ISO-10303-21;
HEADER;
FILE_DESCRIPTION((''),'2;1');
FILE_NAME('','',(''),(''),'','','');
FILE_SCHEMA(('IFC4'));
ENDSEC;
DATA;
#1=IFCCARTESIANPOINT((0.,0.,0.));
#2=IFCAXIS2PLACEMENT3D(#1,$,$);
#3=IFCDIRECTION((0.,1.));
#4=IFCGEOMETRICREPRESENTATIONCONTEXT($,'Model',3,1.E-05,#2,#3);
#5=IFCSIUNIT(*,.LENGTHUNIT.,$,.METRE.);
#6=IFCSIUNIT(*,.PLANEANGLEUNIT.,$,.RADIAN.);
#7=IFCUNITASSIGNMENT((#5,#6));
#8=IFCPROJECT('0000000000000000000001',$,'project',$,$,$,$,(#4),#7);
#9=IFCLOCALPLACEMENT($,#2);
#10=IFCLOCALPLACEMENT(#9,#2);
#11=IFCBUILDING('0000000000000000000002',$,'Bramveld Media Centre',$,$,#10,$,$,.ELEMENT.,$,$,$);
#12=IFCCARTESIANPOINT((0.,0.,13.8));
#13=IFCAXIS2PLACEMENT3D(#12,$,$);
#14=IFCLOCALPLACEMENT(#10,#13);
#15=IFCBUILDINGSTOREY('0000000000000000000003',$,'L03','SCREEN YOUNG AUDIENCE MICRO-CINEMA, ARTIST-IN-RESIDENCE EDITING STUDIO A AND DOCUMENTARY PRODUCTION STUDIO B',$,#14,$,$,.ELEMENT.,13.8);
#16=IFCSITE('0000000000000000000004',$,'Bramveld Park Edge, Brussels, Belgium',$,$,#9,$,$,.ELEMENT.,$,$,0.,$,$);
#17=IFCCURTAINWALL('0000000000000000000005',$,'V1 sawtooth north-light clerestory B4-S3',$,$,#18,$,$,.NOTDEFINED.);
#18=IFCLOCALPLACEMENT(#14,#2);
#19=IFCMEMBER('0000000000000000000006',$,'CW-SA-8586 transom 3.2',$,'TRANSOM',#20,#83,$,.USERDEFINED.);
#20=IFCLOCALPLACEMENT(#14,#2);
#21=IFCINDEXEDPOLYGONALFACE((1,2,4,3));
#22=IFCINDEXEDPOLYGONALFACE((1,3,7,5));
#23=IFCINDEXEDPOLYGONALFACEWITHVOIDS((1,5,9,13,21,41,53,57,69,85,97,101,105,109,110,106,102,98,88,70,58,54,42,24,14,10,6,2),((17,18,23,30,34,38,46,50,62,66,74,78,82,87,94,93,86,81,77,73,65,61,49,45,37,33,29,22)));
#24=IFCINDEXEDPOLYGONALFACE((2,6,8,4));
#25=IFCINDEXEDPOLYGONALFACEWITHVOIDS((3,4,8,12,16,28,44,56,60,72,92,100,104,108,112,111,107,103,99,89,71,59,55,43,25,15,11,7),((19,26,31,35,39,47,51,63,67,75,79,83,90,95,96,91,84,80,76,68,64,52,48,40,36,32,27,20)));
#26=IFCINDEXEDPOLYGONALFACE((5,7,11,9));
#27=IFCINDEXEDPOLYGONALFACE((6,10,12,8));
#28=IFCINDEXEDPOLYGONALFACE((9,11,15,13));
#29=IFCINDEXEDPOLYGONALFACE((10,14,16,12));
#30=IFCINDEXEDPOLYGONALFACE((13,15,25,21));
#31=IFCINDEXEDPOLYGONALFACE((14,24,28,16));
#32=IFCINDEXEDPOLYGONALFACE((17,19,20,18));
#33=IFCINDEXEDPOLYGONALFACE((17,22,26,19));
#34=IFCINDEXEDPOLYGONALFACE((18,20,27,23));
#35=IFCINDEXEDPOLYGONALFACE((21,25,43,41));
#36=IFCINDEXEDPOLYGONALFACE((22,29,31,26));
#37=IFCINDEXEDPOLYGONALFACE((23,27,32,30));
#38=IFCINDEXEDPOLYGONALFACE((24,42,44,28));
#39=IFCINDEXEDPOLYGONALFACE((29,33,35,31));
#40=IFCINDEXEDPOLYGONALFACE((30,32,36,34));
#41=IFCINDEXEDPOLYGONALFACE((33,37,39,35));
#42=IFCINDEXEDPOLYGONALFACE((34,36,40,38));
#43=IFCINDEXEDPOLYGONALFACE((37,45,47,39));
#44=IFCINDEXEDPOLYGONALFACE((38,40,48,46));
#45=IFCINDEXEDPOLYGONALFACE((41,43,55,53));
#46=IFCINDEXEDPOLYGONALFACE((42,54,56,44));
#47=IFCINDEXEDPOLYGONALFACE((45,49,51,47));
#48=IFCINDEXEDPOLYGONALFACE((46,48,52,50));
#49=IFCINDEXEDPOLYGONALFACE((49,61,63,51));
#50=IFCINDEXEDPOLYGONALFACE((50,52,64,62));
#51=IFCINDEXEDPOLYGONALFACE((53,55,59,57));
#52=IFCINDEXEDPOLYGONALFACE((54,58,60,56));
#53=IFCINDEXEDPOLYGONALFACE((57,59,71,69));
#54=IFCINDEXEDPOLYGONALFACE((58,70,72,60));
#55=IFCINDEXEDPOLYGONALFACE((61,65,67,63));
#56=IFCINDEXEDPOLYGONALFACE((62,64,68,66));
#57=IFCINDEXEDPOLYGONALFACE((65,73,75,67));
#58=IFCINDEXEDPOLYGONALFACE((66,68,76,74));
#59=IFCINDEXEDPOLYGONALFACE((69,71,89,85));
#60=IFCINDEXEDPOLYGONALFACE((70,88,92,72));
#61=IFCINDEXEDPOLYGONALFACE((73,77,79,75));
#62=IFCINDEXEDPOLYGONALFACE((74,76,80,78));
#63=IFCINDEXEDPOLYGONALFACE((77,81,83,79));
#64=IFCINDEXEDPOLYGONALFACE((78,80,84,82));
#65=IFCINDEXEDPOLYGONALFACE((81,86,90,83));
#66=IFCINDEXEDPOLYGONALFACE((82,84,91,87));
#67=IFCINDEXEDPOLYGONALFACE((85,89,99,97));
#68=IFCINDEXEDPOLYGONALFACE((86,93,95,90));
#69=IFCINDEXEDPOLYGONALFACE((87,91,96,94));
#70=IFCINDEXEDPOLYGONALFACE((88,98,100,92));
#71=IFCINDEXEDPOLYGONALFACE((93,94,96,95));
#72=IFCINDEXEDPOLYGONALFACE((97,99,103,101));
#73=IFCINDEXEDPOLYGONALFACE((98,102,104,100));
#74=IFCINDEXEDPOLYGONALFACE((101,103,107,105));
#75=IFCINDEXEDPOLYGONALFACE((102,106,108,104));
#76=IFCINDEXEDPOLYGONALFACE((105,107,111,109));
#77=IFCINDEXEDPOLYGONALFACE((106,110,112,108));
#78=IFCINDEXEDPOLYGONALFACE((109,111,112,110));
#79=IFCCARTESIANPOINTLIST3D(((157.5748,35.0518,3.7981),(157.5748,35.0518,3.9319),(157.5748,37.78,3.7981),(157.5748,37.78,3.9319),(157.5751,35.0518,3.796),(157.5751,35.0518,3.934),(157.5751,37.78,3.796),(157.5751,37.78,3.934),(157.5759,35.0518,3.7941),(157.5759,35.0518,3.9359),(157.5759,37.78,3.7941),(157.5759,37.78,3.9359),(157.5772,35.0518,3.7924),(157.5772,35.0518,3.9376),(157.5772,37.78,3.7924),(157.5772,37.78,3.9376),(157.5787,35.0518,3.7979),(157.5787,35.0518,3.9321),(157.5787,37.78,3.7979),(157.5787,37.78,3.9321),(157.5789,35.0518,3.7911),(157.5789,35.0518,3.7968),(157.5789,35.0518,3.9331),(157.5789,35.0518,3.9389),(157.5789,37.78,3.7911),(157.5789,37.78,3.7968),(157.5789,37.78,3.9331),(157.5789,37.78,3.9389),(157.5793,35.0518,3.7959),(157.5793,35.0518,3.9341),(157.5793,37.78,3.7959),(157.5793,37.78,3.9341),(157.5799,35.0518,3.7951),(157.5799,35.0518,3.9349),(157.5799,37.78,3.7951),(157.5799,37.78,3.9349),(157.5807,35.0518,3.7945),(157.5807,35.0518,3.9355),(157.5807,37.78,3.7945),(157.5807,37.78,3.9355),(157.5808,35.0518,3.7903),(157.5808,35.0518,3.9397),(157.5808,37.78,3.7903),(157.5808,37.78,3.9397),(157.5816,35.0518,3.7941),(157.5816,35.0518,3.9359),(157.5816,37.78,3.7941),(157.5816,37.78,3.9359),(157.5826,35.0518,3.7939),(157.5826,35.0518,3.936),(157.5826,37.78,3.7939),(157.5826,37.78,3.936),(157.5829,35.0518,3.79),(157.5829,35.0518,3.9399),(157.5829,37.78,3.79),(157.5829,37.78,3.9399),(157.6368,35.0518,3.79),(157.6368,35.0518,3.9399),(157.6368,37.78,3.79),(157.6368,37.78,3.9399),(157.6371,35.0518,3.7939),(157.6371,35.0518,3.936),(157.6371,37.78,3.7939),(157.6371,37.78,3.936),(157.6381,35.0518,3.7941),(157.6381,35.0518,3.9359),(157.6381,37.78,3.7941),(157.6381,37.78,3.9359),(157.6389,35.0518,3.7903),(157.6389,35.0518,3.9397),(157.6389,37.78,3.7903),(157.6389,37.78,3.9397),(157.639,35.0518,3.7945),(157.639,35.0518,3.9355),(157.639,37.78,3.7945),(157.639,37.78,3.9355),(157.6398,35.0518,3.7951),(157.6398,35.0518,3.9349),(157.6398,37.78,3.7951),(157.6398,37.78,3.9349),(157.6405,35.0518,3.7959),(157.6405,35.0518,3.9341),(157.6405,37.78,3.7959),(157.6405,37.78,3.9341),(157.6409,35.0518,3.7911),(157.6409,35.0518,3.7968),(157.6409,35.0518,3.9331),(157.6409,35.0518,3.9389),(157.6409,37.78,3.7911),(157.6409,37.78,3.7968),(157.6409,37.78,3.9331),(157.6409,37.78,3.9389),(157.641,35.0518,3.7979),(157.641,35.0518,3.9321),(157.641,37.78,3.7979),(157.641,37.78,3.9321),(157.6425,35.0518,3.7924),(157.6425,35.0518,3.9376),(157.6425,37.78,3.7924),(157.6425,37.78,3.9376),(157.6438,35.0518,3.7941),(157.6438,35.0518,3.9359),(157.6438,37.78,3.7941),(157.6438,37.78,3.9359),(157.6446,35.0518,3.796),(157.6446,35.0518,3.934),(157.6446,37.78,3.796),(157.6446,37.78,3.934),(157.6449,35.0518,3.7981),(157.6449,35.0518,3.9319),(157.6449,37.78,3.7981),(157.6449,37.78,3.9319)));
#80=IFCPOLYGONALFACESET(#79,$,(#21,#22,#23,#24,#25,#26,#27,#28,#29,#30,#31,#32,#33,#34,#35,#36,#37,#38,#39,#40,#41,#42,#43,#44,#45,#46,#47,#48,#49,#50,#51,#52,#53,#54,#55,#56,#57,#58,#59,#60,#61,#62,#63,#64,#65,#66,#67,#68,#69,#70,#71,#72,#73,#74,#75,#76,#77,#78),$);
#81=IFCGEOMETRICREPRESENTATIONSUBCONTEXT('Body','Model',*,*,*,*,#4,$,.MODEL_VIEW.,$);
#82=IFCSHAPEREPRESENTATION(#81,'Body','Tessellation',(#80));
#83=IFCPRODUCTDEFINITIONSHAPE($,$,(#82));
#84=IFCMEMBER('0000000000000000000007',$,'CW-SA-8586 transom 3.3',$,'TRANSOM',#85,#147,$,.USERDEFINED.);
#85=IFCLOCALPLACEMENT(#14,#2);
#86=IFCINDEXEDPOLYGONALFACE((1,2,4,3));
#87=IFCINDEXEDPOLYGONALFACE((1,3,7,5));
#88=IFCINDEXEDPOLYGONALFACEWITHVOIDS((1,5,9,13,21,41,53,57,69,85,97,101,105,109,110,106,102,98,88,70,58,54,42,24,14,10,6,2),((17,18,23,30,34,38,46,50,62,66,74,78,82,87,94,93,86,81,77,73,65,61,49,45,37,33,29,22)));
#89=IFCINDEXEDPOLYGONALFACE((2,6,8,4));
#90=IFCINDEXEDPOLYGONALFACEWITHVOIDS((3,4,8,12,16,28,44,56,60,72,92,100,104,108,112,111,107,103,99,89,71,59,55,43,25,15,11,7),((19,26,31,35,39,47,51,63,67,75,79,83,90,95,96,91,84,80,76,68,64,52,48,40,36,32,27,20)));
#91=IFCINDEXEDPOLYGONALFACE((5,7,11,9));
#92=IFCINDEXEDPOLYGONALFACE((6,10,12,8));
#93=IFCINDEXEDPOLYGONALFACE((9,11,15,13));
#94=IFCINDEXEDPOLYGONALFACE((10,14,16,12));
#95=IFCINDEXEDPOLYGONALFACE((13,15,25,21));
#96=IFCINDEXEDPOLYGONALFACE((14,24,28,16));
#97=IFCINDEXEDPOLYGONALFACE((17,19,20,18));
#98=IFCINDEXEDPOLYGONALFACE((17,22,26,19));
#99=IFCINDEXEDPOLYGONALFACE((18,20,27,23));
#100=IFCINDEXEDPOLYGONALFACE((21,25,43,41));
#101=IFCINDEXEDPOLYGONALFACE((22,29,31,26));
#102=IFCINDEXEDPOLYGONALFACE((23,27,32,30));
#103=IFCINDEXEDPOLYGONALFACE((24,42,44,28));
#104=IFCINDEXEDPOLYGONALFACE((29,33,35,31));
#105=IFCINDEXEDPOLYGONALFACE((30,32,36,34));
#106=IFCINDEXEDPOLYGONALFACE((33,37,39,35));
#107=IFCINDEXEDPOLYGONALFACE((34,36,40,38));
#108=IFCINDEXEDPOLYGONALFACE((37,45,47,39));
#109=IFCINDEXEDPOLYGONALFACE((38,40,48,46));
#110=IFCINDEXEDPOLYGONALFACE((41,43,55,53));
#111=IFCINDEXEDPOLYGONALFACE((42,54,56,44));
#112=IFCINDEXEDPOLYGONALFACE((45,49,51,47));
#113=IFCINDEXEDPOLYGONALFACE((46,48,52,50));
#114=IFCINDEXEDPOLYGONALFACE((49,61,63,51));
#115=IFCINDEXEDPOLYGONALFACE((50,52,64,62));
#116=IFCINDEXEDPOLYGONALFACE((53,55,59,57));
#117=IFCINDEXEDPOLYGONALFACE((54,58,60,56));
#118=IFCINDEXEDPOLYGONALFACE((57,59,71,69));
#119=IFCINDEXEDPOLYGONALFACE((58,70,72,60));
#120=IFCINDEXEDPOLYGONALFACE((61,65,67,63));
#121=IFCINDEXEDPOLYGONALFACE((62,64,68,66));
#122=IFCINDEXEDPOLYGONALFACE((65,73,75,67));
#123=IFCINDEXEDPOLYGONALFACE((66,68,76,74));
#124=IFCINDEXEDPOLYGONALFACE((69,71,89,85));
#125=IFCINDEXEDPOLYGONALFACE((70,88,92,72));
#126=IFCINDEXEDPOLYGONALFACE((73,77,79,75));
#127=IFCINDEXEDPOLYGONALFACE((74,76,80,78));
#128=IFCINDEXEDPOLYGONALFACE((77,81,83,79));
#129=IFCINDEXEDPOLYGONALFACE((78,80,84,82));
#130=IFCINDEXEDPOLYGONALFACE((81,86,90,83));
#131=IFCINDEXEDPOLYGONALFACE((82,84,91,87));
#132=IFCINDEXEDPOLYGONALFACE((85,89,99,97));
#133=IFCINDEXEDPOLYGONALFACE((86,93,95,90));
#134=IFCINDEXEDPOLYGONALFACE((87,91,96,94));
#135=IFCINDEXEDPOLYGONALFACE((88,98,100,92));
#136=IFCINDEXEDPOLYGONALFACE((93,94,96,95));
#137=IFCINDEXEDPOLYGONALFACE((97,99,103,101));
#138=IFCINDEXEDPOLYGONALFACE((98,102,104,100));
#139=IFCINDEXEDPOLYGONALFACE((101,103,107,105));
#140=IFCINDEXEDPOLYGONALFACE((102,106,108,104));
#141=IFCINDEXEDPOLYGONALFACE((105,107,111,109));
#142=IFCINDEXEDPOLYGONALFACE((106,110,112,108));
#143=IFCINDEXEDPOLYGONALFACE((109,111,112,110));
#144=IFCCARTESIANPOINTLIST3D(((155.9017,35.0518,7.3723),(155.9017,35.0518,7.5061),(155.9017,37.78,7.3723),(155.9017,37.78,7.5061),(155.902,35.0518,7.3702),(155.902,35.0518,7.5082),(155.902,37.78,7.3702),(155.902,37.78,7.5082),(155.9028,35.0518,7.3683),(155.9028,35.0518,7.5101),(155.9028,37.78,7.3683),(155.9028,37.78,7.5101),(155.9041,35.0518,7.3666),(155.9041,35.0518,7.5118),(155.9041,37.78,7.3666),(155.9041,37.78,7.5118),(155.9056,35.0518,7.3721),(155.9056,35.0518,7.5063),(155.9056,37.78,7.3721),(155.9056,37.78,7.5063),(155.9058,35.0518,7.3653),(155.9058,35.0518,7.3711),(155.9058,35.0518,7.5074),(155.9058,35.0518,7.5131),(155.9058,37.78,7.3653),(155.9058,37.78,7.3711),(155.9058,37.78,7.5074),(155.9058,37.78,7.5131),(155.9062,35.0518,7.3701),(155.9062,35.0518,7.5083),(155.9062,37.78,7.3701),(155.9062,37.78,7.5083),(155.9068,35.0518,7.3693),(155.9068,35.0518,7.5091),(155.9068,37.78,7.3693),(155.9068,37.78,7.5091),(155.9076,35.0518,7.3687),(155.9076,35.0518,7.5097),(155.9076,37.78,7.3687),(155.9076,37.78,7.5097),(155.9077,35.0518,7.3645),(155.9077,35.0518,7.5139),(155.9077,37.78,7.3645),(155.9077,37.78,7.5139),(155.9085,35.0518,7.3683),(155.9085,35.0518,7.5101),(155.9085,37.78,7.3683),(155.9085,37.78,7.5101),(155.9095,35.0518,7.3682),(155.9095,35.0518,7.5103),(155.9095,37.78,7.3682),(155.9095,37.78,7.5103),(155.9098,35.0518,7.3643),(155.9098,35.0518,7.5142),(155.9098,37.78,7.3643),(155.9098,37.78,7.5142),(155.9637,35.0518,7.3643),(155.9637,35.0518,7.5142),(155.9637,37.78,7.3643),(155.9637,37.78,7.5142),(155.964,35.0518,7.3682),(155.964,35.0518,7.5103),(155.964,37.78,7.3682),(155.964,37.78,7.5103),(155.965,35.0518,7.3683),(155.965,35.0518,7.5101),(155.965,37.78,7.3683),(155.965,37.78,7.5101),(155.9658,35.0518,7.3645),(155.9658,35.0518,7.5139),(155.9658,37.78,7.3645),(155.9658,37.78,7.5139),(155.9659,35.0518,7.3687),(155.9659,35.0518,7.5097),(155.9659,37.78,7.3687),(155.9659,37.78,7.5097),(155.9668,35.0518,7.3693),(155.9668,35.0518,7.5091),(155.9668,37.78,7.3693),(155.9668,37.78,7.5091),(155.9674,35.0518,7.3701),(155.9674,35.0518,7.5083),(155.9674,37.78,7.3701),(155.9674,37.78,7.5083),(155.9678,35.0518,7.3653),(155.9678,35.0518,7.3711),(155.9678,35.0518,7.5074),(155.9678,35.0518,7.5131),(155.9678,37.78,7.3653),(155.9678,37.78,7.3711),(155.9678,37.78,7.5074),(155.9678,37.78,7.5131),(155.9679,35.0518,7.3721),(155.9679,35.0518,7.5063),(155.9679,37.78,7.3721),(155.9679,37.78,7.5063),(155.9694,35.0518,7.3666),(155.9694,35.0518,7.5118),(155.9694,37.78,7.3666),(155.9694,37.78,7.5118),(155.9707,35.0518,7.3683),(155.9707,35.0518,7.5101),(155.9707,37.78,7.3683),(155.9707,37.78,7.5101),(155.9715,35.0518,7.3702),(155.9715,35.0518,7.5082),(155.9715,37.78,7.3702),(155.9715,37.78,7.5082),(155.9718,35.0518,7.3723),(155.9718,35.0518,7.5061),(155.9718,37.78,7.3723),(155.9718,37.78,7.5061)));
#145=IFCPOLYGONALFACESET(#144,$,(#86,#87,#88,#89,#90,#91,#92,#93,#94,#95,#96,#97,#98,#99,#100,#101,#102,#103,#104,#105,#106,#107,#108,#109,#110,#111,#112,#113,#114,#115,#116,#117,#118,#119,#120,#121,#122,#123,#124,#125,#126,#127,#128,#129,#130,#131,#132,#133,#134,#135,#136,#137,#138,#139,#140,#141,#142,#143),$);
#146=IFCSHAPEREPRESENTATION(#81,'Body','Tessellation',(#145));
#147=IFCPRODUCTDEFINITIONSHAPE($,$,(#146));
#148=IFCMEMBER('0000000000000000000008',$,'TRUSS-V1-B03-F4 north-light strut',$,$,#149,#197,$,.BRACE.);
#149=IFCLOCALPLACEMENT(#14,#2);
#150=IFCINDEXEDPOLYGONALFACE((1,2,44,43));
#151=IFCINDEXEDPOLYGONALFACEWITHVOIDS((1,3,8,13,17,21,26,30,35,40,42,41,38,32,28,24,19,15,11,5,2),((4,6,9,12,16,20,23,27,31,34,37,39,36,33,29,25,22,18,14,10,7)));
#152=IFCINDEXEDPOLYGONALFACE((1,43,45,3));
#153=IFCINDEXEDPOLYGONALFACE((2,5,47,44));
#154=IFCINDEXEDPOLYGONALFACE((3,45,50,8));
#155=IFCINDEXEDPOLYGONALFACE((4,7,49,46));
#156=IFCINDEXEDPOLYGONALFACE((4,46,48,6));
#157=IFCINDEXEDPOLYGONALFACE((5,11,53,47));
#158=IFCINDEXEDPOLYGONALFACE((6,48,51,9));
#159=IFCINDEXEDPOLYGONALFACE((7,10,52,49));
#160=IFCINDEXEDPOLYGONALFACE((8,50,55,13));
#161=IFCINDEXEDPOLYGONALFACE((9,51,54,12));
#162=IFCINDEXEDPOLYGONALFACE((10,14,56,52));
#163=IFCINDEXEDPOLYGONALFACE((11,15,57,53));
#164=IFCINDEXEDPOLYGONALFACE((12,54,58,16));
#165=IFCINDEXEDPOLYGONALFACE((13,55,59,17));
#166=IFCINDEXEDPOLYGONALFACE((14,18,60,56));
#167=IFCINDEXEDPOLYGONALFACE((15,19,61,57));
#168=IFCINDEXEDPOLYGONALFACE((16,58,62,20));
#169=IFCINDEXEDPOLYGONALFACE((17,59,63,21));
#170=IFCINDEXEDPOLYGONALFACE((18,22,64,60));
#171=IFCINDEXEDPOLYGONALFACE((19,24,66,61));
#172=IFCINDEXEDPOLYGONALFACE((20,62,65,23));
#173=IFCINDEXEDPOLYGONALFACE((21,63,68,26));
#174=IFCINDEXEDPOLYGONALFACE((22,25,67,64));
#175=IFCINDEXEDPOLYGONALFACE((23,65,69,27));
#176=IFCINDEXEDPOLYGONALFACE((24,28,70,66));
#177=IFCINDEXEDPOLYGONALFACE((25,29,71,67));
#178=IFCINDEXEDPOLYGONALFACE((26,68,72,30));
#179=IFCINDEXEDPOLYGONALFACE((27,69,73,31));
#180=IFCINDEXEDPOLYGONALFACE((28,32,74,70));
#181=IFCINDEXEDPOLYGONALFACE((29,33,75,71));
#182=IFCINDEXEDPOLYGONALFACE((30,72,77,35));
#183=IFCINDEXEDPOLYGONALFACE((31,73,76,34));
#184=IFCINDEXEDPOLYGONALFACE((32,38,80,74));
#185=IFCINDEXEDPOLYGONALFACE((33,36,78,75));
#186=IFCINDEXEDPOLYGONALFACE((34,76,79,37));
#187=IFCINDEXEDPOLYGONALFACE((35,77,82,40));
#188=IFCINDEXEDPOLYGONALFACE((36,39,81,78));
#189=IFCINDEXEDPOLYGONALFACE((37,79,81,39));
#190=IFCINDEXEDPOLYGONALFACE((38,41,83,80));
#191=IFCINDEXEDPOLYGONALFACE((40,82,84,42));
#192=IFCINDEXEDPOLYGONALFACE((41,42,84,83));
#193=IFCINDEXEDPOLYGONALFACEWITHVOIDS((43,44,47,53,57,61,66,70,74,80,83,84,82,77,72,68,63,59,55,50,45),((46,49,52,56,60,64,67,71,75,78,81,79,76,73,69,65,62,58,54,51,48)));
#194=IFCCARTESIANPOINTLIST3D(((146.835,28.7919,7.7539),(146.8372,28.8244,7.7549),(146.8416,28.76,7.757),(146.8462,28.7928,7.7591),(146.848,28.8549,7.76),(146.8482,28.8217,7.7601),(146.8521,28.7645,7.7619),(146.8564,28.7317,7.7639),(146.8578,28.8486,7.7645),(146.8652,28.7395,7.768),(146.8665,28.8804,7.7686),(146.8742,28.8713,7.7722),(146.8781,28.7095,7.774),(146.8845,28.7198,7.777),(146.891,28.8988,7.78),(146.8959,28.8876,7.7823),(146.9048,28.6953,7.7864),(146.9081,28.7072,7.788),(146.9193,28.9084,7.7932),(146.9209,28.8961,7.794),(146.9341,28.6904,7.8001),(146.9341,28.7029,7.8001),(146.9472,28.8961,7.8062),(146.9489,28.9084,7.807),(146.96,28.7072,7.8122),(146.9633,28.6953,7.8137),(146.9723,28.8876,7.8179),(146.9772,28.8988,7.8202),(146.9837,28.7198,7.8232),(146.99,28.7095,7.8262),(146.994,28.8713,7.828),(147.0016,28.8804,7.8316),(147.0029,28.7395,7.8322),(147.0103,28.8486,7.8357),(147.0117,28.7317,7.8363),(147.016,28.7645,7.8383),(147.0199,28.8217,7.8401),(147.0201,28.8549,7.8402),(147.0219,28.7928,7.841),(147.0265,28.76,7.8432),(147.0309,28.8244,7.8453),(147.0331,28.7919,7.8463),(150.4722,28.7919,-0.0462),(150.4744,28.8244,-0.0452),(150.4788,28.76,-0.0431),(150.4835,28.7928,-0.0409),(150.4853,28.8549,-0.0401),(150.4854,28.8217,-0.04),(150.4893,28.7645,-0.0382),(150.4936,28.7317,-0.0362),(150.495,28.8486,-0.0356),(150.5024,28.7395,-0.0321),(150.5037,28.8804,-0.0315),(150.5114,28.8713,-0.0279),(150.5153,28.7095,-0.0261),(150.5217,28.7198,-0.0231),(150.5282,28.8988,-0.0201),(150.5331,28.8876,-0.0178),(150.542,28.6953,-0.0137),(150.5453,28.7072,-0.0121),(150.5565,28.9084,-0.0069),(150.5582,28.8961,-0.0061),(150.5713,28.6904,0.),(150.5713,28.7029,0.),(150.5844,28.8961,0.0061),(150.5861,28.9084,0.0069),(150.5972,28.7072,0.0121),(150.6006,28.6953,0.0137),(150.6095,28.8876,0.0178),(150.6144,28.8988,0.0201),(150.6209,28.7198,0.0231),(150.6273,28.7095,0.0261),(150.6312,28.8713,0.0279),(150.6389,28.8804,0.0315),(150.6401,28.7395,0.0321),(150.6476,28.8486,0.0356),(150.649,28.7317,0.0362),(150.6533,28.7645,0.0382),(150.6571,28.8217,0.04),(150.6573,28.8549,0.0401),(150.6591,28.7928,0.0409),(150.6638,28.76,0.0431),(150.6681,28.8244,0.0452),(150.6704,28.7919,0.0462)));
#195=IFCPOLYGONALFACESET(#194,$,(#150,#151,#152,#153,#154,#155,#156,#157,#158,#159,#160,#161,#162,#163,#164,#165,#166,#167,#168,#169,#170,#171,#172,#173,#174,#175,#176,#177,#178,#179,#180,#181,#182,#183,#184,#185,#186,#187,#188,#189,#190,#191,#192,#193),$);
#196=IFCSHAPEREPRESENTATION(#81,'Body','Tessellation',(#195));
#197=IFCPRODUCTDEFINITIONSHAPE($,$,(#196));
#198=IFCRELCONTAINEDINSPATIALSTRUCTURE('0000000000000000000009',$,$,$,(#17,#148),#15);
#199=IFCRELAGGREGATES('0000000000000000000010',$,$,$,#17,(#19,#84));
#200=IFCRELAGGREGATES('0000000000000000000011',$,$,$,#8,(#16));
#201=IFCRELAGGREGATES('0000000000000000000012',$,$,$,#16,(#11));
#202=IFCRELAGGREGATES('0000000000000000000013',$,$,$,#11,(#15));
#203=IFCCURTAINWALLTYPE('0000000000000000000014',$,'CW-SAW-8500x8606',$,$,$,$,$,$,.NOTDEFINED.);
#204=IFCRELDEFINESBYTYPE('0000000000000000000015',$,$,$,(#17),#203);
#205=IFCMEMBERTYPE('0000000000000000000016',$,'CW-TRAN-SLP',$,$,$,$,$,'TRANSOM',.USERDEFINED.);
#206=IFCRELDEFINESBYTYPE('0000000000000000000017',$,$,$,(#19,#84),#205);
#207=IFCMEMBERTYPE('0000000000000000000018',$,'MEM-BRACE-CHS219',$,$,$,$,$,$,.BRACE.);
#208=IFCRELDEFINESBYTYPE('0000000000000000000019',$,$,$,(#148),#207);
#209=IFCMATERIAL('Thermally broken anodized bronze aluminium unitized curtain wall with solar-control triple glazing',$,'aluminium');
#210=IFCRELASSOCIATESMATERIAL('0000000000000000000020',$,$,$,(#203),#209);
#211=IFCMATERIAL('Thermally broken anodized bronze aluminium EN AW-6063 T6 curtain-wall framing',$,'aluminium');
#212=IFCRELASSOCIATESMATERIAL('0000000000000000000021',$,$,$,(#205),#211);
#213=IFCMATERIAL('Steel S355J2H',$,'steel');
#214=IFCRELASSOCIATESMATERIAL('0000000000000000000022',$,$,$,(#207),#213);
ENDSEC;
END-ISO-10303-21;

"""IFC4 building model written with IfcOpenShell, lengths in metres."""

from ifc_helpers import new_model, si_unit, direction, frame, origin, origin_2d, place, context, subcontext, project, spatial, hollow_rectangle, hollow_circle, extrude, material, material_profile, profile_set, type_object, element, aggregate, save


model = new_model("IFC4")

# Units and contexts
model_context = context("Model", 3, precision=1e-05, world=origin(), true_north=direction((0.0, 1.0)))
body_context = subcontext(model_context, "Body", "Model", "MODEL_VIEW")
ifc_project = project(units=[si_unit("LENGTHUNIT", "METRE"), si_unit("PLANEANGLEUNIT", "RADIAN")], contexts=[model_context])

# Site, building, storey
site_placement = place(None, origin())
site = spatial("IfcSite", under=ifc_project, at=site_placement, Name="Bramveld Park Edge, Brussels, Belgium", CompositionType="ELEMENT", RefElevation=0.0)
building_placement = place(site_placement, origin())
building = spatial("IfcBuilding", under=site, at=building_placement, Name="Bramveld Media Centre", CompositionType="ELEMENT")
storey_placement = place(building_placement, frame((0.0, 0.0, 13.8)))
storey = spatial("IfcBuildingStorey", under=building, at=storey_placement, Name="L03", Description="SCREEN YOUNG AUDIENCE MICRO-CINEMA, ARTIST-IN-RESIDENCE EDITING STUDIO A AND DOCUMENTARY PRODUCTION STUDIO B", CompositionType="ELEMENT", Elevation=13.8)

# Shared definitions
ifc_material_1 = material(Name="Thermally broken anodized bronze aluminium unitized curtain wall with solar-control triple glazing", Category="aluminium")
curtain_wall_type_1 = type_object("IfcCurtainWallType", Name="CW-SAW-8500x8606", PredefinedType="NOTDEFINED", material=ifc_material_1)

# Shared definitions
ifc_material_2 = material(Name="Thermally broken anodized bronze aluminium EN AW-6063 T6 curtain-wall framing", Category="aluminium")
ifc_material_profile_1 = material_profile(ifc_material_2, hollow_rectangle(XDim=0.0701, YDim=0.1499, WallThickness=0.0039, InnerFilletRadius=0.0039, OuterFilletRadius=0.0081, at=origin_2d()), Name="AL-TRAN 70x150")
ifc_profile_set_1 = profile_set([ifc_material_profile_1], Name="Thermally broken anodized bronze aluminium EN AW-6063 T6 curtain-wall framing")
member_type_1 = type_object("IfcMemberType", Name="CW-TRAN-SLP", ElementType="TRANSOM", PredefinedType="USERDEFINED", material=ifc_profile_set_1)

# Curtain wall, members
curtain_wall_1_placement = place(storey_placement, origin())
curtain_wall_1 = element("IfcCurtainWall", 1, at=curtain_wall_1_placement, inside=storey, type_object=curtain_wall_type_1, Name="V1 sawtooth north-light clerestory B4-S3", PredefinedType="NOTDEFINED")
member_1_placement = place(storey_placement, frame((157.6099, 35.0518, 3.865), z_axis=(0.0, 1.0, 0.0), x_axis=(-1.0, 0.0, 0.0)))
member_1 = element("IfcMember", 2, at=member_1_placement, type_object=member_type_1, Name="CW-SA-8586 transom 3.2", ObjectType="TRANSOM", PredefinedType="USERDEFINED", context=body_context, shape_type="SweptSolid", body=[
    extrude(hollow_rectangle(XDim=0.0701, YDim=0.1499, WallThickness=0.0039, InnerFilletRadius=0.0039, OuterFilletRadius=0.0081, at=origin_2d()), origin(), (0.0, 0.0, 1.0), 2.7283),
])
member_2_placement = place(storey_placement, frame((155.9368, 35.0518, 7.4392), z_axis=(0.0, 1.0, 0.0), x_axis=(-1.0, 0.0, 0.0)))
member_2 = element("IfcMember", 3, at=member_2_placement, type_object=member_type_1, Name="CW-SA-8586 transom 3.3", ObjectType="TRANSOM", PredefinedType="USERDEFINED", context=body_context, shape_type="SweptSolid", body=[
    extrude(hollow_rectangle(XDim=0.0701, YDim=0.1499, WallThickness=0.0039, InnerFilletRadius=0.0039, OuterFilletRadius=0.0081, at=origin_2d()), origin(), (0.0, 0.0, 1.0), 2.7283),
])

# Member
ifc_material_3 = material(Name="Steel S355J2H", Category="steel")
ifc_material_profile_2 = material_profile(ifc_material_3, hollow_circle(Radius=0.1096, WallThickness=0.0125, at=origin_2d()), Name="CHS 219.1x12.5")
ifc_profile_set_2 = profile_set([ifc_material_profile_2], Name="Steel S355J2H")
member_type_2 = type_object("IfcMemberType", Name="MEM-BRACE-CHS219", PredefinedType="BRACE", material=ifc_profile_set_2)
member_3_placement = place(storey_placement, frame((150.5713, 28.8, 0.0), z_axis=(-0.422617, 0.0, 0.906308), x_axis=(0.0, -1.0, 0.0)))
element("IfcMember", 4, at=member_3_placement, inside=storey, type_object=member_type_2, Name="TRUSS-V1-B03-F4 north-light strut", PredefinedType="BRACE", context=body_context, shape_type="SweptSolid", body=[
    extrude(hollow_circle(Radius=0.1096, WallThickness=0.0125, at=origin_2d()), origin(), (0.0, 0.0, 1.0), 8.6064),
])

aggregate(curtain_wall_1, [member_1, member_2])

save(model, "model.ifc")
